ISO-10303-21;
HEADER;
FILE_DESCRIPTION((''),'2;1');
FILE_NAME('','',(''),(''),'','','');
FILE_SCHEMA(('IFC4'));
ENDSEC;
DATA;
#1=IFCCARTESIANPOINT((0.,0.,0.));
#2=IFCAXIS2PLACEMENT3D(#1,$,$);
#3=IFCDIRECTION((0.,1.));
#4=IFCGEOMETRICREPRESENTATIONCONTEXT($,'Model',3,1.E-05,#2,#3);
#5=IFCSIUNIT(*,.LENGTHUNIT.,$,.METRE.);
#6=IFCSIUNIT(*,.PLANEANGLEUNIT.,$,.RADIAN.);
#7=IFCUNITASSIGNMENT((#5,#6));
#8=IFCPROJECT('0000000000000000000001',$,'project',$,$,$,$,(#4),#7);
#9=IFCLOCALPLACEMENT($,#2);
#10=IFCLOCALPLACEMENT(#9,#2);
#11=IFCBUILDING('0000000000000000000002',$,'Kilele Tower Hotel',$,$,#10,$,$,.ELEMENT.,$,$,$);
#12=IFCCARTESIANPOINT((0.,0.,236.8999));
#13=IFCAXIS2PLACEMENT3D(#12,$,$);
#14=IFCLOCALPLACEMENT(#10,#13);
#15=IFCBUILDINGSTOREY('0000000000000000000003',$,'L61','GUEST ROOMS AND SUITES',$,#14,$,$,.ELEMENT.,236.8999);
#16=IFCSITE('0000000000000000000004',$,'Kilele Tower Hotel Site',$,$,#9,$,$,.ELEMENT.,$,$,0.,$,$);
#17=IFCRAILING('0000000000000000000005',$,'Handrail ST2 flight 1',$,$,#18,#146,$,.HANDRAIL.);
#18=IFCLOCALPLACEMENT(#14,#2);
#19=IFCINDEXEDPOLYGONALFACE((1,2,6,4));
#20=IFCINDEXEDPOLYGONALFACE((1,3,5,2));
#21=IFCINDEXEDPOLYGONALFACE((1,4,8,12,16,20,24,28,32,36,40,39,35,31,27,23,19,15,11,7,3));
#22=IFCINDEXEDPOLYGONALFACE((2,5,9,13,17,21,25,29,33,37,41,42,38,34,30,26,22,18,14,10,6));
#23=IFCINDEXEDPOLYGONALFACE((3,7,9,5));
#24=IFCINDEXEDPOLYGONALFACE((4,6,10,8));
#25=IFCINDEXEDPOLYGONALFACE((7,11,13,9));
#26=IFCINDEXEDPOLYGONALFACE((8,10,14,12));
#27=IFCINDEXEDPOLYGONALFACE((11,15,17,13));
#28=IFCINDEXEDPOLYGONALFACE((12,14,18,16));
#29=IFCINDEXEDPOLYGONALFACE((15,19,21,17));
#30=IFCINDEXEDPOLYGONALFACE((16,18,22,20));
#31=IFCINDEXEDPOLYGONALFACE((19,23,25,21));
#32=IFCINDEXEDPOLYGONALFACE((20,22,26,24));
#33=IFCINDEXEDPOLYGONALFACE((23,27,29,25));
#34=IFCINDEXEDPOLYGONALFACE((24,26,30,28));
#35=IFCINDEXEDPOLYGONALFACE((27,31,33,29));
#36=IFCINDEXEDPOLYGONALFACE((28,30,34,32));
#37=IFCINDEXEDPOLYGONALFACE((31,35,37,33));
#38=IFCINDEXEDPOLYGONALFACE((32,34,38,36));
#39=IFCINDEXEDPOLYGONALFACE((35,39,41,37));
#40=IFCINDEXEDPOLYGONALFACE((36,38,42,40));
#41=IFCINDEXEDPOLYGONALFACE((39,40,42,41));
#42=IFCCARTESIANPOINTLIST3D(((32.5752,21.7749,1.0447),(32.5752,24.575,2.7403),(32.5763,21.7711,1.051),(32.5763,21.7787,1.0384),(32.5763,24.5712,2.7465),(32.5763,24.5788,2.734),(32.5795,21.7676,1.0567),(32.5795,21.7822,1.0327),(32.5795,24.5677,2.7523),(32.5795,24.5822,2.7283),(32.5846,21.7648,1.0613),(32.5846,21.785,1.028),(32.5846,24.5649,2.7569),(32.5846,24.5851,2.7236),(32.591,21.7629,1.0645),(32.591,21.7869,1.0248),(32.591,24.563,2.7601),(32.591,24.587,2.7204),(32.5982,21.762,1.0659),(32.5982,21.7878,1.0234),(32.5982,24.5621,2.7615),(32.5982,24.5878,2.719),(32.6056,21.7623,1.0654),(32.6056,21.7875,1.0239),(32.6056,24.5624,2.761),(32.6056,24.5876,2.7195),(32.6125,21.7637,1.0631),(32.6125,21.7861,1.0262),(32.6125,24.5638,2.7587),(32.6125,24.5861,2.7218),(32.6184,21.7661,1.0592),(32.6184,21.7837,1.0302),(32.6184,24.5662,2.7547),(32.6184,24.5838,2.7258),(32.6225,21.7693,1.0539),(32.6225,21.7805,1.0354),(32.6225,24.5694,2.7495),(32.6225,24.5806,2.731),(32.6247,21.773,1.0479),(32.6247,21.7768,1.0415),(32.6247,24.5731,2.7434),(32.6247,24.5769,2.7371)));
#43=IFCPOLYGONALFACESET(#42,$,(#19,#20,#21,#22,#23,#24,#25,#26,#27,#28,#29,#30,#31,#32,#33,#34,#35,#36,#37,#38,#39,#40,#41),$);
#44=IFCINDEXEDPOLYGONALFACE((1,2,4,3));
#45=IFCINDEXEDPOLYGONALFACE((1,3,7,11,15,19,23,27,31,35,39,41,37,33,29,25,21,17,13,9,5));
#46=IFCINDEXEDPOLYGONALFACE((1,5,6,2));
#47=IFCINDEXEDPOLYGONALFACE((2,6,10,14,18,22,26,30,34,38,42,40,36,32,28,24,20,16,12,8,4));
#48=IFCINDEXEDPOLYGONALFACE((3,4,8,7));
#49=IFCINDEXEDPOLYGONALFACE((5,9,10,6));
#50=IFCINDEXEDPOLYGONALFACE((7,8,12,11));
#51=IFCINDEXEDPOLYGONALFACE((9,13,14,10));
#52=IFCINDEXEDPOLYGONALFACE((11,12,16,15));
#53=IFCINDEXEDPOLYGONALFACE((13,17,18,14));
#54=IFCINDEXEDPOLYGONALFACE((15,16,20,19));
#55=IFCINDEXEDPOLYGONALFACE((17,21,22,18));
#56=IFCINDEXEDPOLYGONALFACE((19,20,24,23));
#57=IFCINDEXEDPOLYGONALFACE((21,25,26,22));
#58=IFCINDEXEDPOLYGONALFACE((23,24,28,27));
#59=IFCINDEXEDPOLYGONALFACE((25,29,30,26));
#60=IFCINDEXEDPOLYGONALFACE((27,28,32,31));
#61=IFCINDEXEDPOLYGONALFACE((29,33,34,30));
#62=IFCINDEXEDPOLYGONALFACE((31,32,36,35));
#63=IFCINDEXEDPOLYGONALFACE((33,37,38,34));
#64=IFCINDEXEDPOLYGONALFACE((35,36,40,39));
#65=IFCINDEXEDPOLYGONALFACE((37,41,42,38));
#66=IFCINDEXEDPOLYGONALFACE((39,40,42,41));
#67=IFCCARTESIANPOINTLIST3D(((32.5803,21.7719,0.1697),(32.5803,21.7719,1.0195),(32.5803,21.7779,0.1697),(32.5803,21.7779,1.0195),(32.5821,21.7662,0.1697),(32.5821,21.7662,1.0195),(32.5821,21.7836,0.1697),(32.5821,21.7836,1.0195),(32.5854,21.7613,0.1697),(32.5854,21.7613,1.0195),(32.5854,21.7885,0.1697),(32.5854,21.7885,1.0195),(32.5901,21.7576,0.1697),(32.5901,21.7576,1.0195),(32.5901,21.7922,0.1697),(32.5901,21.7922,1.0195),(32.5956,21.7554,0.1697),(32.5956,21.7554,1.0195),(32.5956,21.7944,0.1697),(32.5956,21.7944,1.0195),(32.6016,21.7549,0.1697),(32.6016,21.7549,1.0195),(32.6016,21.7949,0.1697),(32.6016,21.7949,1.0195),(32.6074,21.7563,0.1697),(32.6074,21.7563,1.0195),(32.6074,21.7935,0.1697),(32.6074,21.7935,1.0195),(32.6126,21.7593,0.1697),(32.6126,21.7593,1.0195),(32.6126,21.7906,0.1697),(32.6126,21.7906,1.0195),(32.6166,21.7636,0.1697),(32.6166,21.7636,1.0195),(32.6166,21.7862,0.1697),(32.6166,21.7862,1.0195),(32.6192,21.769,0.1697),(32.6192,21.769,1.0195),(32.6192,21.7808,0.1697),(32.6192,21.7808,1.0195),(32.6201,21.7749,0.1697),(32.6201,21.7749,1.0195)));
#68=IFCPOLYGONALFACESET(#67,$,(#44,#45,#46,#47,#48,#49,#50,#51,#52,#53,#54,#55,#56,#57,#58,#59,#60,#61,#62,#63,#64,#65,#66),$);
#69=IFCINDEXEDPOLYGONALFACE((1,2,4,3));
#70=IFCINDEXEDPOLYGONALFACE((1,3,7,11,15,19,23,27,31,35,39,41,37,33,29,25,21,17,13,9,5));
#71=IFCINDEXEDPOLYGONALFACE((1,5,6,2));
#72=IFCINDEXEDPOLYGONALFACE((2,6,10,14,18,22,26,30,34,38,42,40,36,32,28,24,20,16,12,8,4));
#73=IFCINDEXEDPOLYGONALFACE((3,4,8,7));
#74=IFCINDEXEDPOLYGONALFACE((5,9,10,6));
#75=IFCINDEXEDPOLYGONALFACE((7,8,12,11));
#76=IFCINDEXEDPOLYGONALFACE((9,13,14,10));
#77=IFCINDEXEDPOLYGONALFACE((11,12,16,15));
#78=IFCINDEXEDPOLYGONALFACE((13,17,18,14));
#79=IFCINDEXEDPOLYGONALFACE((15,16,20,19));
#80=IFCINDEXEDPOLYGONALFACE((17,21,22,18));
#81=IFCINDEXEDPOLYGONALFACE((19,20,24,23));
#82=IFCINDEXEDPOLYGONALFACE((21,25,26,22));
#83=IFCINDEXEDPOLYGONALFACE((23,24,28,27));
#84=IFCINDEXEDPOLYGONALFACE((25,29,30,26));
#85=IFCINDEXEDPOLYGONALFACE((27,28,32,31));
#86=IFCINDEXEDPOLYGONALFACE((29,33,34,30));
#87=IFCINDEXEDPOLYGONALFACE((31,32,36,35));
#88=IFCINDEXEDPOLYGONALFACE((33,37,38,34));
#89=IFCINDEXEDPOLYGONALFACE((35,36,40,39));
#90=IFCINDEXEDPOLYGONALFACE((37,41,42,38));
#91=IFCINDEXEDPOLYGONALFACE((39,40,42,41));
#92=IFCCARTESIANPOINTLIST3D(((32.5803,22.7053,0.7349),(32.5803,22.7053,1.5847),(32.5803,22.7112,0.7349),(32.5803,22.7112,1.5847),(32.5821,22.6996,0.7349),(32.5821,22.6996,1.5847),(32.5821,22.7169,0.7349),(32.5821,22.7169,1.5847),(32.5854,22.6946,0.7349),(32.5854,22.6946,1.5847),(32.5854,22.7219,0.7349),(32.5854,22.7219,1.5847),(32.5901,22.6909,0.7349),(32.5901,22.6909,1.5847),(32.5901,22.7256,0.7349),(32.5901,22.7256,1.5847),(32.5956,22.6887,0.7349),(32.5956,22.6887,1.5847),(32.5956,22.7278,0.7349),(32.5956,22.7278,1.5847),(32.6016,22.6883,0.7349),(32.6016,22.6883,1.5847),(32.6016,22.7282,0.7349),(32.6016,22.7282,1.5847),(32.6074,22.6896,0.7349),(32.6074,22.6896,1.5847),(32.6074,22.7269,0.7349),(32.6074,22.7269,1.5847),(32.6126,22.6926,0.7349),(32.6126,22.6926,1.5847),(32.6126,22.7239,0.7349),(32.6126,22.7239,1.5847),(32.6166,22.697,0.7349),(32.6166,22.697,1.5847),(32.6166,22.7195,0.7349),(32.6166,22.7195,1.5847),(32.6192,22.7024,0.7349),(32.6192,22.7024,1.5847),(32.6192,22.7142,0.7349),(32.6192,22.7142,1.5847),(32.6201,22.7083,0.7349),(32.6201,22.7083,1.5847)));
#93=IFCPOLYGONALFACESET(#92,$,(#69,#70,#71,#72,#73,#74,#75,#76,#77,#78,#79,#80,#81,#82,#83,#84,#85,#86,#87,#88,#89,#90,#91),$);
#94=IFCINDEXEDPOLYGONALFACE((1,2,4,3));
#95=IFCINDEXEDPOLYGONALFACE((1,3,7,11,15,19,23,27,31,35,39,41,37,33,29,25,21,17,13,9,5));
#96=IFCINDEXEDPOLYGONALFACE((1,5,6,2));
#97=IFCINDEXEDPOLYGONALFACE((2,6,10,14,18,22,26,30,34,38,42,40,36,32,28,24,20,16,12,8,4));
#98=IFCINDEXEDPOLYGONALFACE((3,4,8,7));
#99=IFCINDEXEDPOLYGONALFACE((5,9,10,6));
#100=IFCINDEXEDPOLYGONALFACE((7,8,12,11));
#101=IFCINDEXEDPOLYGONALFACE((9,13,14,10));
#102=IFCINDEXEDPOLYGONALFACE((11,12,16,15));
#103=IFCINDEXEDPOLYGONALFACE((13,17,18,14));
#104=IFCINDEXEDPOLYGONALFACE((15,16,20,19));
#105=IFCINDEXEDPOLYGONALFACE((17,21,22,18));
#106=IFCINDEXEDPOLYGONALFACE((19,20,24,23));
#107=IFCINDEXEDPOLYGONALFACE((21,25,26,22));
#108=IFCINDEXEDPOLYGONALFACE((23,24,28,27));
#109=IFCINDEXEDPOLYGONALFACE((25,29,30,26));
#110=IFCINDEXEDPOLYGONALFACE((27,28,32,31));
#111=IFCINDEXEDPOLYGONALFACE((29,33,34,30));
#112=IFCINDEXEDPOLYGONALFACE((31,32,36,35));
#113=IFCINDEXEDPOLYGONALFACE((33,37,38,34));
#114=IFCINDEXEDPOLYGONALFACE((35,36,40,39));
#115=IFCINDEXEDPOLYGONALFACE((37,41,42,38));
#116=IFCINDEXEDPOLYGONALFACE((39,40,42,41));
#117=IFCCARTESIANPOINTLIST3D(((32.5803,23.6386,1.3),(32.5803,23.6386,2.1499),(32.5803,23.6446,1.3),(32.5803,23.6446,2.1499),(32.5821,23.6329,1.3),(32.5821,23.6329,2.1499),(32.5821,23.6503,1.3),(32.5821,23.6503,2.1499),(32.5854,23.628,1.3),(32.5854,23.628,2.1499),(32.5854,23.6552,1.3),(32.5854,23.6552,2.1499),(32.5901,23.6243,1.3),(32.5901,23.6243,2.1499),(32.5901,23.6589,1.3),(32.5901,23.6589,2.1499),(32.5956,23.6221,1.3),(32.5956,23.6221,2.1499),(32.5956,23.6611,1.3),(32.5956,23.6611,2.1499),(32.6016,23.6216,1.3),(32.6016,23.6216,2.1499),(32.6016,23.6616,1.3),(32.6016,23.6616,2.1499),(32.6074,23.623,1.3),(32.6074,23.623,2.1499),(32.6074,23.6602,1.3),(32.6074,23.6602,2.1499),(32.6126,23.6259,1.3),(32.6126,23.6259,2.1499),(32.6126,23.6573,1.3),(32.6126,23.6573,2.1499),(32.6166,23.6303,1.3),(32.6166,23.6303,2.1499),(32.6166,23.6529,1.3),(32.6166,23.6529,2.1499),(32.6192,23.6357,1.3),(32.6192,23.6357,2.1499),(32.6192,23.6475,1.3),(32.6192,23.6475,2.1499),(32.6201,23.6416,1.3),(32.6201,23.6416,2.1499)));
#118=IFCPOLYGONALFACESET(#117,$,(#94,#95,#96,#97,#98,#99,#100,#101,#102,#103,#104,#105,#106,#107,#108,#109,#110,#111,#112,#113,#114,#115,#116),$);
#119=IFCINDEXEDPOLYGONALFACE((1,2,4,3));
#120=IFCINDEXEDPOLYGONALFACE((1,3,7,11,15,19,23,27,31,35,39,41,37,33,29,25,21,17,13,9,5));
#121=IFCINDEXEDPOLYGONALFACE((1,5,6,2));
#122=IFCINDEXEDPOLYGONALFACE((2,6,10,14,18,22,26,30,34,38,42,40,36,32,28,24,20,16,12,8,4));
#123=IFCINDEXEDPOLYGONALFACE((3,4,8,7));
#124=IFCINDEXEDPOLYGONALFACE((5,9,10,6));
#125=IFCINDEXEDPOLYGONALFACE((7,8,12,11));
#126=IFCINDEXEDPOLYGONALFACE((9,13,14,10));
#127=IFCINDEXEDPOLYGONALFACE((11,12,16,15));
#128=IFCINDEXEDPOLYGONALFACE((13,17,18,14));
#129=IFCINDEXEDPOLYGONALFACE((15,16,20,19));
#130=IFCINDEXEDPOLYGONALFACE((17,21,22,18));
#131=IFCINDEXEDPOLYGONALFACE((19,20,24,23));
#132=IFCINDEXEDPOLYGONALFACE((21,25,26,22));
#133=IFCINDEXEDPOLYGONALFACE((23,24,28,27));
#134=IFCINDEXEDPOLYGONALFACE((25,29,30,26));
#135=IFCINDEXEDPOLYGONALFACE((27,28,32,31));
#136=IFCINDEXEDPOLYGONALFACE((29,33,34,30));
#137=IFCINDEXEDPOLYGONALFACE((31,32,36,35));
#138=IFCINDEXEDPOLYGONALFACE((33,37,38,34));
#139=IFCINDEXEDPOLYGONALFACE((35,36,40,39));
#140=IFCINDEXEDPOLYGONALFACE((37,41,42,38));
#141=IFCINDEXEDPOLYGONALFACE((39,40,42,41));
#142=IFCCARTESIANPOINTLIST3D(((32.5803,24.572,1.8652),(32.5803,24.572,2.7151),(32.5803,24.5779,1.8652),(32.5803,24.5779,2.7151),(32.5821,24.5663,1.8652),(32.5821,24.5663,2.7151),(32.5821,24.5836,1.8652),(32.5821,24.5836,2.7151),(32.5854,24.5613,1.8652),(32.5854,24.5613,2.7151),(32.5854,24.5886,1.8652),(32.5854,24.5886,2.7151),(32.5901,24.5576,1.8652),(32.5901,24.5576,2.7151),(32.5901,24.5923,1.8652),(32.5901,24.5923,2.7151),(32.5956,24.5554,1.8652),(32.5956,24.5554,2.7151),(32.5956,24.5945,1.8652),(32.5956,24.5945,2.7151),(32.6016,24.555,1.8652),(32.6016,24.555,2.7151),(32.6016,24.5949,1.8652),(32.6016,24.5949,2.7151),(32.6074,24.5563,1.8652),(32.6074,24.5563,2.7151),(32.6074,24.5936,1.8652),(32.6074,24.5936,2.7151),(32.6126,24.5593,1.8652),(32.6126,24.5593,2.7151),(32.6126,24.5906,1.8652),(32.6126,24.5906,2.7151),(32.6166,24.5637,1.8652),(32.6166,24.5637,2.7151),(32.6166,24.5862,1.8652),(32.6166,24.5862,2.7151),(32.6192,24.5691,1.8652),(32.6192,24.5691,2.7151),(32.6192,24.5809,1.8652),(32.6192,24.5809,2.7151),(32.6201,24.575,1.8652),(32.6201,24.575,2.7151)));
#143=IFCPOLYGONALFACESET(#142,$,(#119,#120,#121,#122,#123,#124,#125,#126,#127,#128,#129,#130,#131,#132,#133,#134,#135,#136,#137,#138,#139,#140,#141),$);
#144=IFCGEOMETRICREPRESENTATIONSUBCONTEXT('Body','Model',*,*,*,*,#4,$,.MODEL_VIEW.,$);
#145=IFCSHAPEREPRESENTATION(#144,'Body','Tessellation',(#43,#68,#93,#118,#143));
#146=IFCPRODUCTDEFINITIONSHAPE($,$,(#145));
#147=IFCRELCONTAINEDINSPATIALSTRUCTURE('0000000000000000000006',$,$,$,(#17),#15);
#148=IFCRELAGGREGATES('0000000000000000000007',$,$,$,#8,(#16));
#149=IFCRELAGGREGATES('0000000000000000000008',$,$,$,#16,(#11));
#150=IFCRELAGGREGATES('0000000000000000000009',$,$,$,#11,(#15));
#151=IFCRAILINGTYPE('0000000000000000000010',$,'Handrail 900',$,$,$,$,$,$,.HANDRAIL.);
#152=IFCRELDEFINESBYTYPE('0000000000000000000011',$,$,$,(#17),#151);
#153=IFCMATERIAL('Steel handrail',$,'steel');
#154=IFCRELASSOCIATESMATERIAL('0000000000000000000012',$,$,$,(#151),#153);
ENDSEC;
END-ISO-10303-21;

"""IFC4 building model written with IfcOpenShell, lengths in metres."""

from ifc_helpers import new_model, si_unit, direction, frame, origin, origin_2d, place, context, subcontext, project, spatial, circle, extrude, material, type_object, element, save


model = new_model("IFC4")

# Units and contexts
model_context = context("Model", 3, precision=1e-05, world=origin(), true_north=direction((0.0, 1.0)))
body_context = subcontext(model_context, "Body", "Model", "MODEL_VIEW")
ifc_project = project(units=[si_unit("LENGTHUNIT", "METRE"), si_unit("PLANEANGLEUNIT", "RADIAN")], contexts=[model_context])

# Site, building, storey
site_placement = place(None, origin())
site = spatial("IfcSite", under=ifc_project, at=site_placement, Name="Kilele Tower Hotel Site", CompositionType="ELEMENT", RefElevation=0.0)
building_placement = place(site_placement, origin())
building = spatial("IfcBuilding", under=site, at=building_placement, Name="Kilele Tower Hotel", CompositionType="ELEMENT")
storey_placement = place(building_placement, frame((0.0, 0.0, 236.8999)))
storey = spatial("IfcBuildingStorey", under=building, at=storey_placement, Name="L61", Description="GUEST ROOMS AND SUITES", CompositionType="ELEMENT", Elevation=236.8999)

# Railing
ifc_material_1 = material(Name="Steel handrail", Category="steel")
railing_type_1 = type_object("IfcRailingType", Name="Handrail 900", PredefinedType="HANDRAIL", material=ifc_material_1)
for number, where, name in (
    (1, (32.6001, 21.7749, 0.1697), "Handrail ST2 flight 1"),
):
    element("IfcRailing", number, at=place(storey_placement, frame(where)), inside=storey, type_object=railing_type_1, Name=name, PredefinedType="HANDRAIL", context=body_context, shape_type="SweptSolid", body=[
        extrude(circle(Radius=0.0249, at=origin_2d()), frame((0.0, 0.0, 0.875), z_axis=(0.0, 0.855393, 0.517979), x_axis=(-1.0, 0.0, 0.0)), (0.0, 0.0, 1.0), 3.2734),
        extrude(circle(Radius=0.02, at=origin_2d()), origin(), (0.0, 0.0, 1.0), 0.8499),
        extrude(circle(Radius=0.02, at=origin_2d()), frame((0.0, 0.9333, 0.5652)), (0.0, 0.0, 1.0), 0.8499),
        extrude(circle(Radius=0.02, at=origin_2d()), frame((0.0, 1.8667, 1.1304)), (0.0, 0.0, 1.0), 0.8499),
        extrude(circle(Radius=0.02, at=origin_2d()), frame((0.0, 2.8, 1.6956)), (0.0, 0.0, 1.0), 0.8499),
    ])

save(model, "model.ifc")
